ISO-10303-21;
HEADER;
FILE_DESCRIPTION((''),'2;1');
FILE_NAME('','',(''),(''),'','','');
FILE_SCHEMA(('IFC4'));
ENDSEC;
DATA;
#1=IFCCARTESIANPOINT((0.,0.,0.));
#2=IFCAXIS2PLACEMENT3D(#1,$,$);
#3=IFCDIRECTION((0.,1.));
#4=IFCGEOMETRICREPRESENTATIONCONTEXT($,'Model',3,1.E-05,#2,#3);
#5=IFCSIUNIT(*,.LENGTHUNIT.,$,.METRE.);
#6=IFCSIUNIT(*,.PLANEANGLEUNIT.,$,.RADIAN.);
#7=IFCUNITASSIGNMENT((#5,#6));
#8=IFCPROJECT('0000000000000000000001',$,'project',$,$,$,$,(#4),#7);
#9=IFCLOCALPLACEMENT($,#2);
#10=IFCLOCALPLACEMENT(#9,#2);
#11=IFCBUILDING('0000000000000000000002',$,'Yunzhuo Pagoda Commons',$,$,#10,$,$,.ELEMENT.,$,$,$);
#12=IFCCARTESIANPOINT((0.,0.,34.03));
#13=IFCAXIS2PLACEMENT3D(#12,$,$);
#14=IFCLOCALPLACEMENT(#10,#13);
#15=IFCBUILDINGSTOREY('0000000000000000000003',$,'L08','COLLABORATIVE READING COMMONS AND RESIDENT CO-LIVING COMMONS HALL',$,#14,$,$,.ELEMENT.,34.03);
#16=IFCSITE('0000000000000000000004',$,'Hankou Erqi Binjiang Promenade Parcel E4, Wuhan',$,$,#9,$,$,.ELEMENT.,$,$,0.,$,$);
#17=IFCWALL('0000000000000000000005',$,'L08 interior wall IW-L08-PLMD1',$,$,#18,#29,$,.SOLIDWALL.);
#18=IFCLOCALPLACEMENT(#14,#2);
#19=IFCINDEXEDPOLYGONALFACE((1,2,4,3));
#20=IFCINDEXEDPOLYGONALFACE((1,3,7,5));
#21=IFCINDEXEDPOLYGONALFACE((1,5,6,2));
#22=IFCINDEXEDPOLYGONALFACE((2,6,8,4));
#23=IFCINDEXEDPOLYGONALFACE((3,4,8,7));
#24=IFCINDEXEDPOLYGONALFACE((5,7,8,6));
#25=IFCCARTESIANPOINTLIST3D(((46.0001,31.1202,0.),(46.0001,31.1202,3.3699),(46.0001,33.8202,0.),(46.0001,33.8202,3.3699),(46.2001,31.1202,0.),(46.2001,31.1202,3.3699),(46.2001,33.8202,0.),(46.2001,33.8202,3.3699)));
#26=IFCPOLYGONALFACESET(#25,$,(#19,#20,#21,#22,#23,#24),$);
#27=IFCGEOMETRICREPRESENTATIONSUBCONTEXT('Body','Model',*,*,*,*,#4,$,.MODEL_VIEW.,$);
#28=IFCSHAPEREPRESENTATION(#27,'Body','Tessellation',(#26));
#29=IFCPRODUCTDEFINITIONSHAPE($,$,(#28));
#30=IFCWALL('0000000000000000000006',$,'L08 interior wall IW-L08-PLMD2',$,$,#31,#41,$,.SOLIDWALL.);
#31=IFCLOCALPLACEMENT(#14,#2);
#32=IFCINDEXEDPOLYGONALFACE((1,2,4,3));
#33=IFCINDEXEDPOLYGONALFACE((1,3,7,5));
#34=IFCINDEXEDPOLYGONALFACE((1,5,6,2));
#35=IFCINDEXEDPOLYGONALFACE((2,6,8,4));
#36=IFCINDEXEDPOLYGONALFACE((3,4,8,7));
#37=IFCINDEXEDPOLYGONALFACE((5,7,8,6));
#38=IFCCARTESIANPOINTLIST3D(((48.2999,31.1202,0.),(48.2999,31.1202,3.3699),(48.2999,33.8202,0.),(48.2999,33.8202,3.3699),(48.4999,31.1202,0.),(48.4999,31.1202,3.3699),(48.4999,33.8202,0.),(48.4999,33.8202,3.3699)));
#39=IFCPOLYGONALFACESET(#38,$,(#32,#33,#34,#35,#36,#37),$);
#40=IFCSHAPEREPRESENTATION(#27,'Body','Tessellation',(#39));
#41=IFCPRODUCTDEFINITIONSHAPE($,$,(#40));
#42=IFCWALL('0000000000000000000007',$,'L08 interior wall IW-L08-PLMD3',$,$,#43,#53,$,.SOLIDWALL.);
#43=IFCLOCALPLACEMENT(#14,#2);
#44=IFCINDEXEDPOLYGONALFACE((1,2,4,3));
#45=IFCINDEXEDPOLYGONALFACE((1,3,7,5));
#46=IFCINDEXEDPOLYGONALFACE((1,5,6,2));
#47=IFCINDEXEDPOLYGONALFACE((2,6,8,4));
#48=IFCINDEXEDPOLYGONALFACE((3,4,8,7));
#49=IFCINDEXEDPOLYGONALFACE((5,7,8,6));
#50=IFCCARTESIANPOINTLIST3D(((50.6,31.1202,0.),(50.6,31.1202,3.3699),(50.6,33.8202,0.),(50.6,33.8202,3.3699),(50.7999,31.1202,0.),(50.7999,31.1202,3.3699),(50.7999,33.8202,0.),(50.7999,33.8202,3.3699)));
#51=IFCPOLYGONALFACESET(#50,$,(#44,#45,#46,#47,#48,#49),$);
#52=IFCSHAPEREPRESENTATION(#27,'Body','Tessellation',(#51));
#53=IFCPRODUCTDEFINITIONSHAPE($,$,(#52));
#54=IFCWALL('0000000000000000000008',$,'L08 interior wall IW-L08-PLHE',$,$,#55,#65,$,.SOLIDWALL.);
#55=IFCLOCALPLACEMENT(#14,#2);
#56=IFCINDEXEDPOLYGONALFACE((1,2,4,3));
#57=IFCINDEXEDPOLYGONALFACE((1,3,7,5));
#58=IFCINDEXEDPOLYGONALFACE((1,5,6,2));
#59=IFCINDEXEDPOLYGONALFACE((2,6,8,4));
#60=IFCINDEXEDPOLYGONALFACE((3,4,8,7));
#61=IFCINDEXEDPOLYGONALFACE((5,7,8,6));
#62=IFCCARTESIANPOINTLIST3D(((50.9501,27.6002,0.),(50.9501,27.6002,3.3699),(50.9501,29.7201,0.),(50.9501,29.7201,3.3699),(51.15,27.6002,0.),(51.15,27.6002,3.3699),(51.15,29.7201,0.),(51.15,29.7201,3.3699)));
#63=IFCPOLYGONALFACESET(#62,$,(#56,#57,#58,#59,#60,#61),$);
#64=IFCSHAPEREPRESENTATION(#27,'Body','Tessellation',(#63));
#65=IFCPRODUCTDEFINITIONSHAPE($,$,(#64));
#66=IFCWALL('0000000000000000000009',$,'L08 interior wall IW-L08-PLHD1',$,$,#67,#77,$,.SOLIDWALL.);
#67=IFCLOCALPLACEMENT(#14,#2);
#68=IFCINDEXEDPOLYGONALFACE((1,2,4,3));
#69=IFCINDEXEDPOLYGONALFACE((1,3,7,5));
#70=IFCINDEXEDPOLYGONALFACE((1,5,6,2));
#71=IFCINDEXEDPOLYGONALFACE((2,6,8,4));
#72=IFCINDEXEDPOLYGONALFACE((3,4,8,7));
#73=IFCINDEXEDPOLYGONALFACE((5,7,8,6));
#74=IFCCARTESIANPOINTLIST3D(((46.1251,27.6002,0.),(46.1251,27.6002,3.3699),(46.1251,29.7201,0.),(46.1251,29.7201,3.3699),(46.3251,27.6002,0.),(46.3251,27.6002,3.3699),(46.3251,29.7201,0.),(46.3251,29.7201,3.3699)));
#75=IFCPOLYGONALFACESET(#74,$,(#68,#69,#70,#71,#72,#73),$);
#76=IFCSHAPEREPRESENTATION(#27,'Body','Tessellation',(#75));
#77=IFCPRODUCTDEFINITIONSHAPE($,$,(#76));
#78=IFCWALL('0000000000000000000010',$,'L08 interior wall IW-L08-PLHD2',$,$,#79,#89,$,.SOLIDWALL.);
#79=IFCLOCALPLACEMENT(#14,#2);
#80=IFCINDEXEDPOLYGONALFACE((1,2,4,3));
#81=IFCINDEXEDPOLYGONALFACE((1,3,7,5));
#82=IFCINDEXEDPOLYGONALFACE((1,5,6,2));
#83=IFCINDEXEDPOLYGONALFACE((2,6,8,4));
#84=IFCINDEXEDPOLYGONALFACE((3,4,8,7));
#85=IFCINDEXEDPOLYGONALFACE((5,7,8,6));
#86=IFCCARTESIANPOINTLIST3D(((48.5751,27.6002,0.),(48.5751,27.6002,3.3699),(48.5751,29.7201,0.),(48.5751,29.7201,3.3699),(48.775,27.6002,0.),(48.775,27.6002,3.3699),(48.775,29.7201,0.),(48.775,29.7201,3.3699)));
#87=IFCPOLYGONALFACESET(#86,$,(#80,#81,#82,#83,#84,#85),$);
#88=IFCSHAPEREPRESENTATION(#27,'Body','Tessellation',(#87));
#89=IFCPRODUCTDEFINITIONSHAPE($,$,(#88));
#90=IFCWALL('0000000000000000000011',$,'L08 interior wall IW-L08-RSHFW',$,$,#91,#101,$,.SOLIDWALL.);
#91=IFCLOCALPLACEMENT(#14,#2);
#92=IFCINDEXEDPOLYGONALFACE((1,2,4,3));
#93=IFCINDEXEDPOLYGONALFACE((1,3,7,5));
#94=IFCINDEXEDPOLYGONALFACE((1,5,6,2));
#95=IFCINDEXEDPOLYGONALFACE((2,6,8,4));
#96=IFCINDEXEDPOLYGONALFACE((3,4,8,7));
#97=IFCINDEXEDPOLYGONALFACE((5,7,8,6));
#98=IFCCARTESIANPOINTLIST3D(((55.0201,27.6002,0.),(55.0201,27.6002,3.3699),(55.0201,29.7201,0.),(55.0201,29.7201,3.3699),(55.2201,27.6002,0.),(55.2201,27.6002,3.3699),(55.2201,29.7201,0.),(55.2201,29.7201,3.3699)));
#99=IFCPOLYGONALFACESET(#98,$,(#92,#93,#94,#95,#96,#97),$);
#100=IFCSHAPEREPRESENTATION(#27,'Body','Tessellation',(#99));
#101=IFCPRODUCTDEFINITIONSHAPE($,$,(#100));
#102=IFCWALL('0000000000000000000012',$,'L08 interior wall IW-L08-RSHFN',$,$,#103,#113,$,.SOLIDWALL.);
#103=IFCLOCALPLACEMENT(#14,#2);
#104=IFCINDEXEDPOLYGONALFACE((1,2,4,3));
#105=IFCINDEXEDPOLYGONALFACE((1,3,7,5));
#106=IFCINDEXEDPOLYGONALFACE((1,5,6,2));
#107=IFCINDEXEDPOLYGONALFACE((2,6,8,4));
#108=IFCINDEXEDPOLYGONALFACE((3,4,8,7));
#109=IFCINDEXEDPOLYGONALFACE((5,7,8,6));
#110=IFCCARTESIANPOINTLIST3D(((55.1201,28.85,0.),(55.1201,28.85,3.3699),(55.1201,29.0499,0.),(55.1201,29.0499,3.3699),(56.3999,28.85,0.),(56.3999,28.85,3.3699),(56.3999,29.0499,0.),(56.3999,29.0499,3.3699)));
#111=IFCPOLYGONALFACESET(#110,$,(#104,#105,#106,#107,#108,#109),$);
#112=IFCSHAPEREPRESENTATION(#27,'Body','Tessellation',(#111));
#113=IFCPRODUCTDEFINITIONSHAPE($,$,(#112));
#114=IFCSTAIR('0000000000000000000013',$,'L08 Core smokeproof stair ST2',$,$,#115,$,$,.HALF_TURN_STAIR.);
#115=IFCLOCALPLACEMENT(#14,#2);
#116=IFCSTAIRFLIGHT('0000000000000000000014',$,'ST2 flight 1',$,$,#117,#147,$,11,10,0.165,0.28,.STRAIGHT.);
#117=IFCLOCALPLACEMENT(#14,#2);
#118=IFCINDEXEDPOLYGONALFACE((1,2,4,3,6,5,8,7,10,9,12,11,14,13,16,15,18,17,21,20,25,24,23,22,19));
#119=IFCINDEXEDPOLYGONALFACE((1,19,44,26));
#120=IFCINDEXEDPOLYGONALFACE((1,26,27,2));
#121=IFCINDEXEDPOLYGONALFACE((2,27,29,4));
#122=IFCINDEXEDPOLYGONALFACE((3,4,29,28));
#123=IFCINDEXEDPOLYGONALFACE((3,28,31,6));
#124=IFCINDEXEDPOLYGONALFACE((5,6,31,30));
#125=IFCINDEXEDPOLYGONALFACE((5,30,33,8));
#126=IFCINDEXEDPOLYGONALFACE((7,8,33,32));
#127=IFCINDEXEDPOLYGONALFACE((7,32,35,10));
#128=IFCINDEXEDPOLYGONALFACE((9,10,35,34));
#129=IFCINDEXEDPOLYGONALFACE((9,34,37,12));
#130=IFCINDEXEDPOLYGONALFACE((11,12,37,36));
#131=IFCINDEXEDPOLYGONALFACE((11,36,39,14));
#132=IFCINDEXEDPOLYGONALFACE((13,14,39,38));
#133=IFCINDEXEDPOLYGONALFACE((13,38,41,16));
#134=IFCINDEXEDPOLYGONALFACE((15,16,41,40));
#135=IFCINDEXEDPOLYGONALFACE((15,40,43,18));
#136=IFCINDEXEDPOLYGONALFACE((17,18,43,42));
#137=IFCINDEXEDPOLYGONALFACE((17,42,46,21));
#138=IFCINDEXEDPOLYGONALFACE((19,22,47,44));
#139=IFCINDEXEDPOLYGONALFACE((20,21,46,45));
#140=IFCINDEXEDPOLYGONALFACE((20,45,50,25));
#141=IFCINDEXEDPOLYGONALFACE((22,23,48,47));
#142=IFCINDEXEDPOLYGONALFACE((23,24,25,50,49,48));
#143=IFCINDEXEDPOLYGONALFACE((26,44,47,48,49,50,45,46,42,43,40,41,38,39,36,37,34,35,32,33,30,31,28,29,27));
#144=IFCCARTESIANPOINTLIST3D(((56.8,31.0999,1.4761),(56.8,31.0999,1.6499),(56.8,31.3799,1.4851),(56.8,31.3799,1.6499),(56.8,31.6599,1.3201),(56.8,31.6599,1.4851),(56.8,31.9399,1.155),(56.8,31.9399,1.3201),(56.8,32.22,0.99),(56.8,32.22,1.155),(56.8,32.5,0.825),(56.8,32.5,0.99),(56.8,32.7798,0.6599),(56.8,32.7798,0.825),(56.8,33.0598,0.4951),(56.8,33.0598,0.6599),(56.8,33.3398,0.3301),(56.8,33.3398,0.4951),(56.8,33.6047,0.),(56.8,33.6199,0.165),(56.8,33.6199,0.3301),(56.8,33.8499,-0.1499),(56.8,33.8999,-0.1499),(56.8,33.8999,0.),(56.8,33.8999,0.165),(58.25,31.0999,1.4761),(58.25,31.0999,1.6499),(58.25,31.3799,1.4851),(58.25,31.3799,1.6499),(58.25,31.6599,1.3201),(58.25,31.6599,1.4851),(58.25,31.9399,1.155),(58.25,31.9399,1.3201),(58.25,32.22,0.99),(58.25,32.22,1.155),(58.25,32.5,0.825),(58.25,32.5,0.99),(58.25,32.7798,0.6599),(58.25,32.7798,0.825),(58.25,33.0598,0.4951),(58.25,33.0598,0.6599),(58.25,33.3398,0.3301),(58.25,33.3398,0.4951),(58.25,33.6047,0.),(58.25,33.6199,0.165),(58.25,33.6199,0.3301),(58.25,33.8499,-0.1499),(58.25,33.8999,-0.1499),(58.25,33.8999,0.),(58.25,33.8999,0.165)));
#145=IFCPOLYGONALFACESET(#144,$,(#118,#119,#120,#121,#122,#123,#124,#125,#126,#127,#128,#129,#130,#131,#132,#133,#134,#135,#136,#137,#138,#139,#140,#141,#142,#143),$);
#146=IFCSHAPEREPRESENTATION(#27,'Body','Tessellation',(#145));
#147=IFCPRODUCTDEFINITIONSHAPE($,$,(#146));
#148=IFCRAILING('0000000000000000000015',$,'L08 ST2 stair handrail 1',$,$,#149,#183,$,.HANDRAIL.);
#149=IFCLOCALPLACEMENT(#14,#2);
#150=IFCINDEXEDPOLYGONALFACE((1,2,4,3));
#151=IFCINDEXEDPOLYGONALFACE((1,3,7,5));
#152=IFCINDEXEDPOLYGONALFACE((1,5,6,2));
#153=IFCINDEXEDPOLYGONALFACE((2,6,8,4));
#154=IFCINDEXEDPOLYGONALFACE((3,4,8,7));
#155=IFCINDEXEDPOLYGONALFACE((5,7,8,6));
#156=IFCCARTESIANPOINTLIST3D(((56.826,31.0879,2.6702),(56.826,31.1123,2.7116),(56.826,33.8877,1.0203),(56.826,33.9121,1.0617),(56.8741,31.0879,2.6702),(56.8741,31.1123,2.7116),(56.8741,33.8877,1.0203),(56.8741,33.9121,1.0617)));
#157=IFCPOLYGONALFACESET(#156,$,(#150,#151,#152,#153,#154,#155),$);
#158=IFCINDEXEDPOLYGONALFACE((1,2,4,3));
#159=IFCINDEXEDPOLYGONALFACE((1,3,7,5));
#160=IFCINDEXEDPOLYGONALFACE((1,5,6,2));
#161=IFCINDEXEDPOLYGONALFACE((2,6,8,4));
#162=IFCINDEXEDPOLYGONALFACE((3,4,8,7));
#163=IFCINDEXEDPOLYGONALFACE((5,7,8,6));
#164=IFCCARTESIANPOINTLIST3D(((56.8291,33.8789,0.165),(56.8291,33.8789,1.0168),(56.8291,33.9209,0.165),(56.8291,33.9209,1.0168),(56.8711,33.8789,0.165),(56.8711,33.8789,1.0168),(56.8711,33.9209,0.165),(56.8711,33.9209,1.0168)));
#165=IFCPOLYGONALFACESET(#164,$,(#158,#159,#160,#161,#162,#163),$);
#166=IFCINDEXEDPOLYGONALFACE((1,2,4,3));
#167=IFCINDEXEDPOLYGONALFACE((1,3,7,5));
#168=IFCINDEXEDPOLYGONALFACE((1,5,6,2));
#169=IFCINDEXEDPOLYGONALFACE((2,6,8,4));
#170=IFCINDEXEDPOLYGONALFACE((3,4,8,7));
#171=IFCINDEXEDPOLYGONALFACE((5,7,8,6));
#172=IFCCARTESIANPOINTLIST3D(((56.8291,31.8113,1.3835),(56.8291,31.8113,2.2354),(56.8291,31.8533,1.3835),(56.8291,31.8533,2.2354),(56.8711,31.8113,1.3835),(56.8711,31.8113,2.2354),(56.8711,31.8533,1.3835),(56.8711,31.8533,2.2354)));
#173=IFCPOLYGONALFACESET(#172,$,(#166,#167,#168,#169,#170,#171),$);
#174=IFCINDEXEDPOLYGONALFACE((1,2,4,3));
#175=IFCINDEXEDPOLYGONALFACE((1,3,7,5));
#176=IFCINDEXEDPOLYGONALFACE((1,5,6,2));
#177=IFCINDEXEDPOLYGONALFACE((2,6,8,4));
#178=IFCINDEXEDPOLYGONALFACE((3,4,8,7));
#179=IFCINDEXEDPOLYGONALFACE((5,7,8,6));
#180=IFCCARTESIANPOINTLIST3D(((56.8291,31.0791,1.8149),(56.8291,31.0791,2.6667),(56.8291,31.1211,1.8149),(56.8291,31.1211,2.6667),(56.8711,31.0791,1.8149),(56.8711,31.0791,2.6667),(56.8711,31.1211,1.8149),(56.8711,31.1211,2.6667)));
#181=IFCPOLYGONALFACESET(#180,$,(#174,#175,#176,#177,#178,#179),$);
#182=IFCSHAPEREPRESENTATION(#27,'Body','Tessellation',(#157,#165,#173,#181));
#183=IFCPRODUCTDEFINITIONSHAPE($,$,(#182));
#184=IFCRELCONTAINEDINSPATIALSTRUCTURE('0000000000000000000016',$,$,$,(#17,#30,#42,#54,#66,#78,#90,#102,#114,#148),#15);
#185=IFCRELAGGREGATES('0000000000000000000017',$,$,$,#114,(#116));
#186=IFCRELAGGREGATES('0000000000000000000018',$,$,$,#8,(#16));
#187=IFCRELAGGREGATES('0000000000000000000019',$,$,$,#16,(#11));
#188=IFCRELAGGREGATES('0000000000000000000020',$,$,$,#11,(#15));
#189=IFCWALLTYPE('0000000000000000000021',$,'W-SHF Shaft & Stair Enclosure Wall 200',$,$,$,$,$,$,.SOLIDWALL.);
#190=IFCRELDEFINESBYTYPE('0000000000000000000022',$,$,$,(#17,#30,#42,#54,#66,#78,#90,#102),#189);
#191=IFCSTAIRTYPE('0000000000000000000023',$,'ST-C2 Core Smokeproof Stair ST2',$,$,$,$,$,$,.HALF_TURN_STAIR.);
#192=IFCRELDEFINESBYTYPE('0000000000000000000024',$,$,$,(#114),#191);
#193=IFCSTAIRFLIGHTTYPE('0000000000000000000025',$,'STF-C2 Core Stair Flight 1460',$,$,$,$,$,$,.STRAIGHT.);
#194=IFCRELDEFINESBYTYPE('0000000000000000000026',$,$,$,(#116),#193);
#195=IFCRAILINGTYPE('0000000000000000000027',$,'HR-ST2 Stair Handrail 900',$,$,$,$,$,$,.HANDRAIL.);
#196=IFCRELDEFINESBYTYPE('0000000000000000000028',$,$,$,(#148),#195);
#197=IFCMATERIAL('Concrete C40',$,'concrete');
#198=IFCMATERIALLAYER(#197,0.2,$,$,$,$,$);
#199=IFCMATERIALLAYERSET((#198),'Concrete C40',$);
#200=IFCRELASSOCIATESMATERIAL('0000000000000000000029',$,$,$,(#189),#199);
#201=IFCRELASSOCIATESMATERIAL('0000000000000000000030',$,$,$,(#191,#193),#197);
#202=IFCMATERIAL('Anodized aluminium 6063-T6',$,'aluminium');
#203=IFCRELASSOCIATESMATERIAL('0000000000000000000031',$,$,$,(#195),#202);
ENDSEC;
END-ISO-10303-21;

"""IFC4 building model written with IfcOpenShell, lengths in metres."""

from ifc_helpers import new_model, si_unit, direction, frame, frame_2d, origin, origin_2d, place, context, subcontext, project, spatial, polyline, rectangle, outline, extrude, source, transform, mapped, material, layer, layer_set, type_object, element, aggregate, save


model = new_model("IFC4")

# Units and contexts
model_context = context("Model", 3, precision=1e-05, world=origin(), true_north=direction((0.0, 1.0)))
body_context = subcontext(model_context, "Body", "Model", "MODEL_VIEW")
ifc_project = project(units=[si_unit("LENGTHUNIT", "METRE"), si_unit("PLANEANGLEUNIT", "RADIAN")], contexts=[model_context])

# Site, building, storey
site_placement = place(None, origin())
site = spatial("IfcSite", under=ifc_project, at=site_placement, Name="Hankou Erqi Binjiang Promenade Parcel E4, Wuhan", CompositionType="ELEMENT", RefElevation=0.0)
building_placement = place(site_placement, origin())
building = spatial("IfcBuilding", under=site, at=building_placement, Name="Yunzhuo Pagoda Commons", CompositionType="ELEMENT")
storey_placement = place(building_placement, frame((0.0, 0.0, 34.03)))
storey = spatial("IfcBuildingStorey", under=building, at=storey_placement, Name="L08", Description="COLLABORATIVE READING COMMONS AND RESIDENT CO-LIVING COMMONS HALL", CompositionType="ELEMENT", Elevation=34.03)

# Shared definitions
ifc_material_1 = material(Name="Concrete C40", Category="concrete")
ifc_layer_1 = layer(ifc_material_1, 0.2)
ifc_layer_set_1 = layer_set([ifc_layer_1], Name="Concrete C40")
wall_type_1 = type_object("IfcWallType", Name="W-SHF Shaft & Stair Enclosure Wall 200", PredefinedType="SOLIDWALL", material=ifc_layer_set_1)

# Walls
for number, where, z_axis, x_axis, name in (
    (1, (46.1001, 31.1201, 0.0), (0.0, 0.0, 1.0), (0.0, 1.0, 0.0), "L08 interior wall IW-L08-PLMD1"),
    (2, (48.3999, 31.1201, 0.0), (0.0, 0.0, 1.0), (0.0, 1.0, 0.0), "L08 interior wall IW-L08-PLMD2"),
    (3, (50.7, 31.1201, 0.0), (0.0, 0.0, 1.0), (0.0, 1.0, 0.0), "L08 interior wall IW-L08-PLMD3"),
):
    element("IfcWall", number, at=place(storey_placement, frame(where, z_axis=z_axis, x_axis=x_axis)), inside=storey, type_object=wall_type_1, Name=name, PredefinedType="SOLIDWALL", context=body_context, shape_type="SweptSolid", body=[
        extrude(rectangle(XDim=2.7, YDim=0.2, at=frame_2d((1.3501, 0.0))), origin(), (0.0, 0.0, 1.0), 3.3699),
    ])
for number, where, z_axis, x_axis, name in (
    (4, (51.05, 27.6001, 0.0), (0.0, 0.0, 1.0), (0.0, 1.0, 0.0), "L08 interior wall IW-L08-PLHE"),
    (5, (46.2251, 27.6001, 0.0), (0.0, 0.0, 1.0), (0.0, 1.0, 0.0), "L08 interior wall IW-L08-PLHD1"),
    (6, (48.675, 27.6001, 0.0), (0.0, 0.0, 1.0), (0.0, 1.0, 0.0), "L08 interior wall IW-L08-PLHD2"),
    (7, (55.1201, 27.6001, 0.0), (0.0, 0.0, 1.0), (0.0, 1.0, 0.0), "L08 interior wall IW-L08-RSHFW"),
):
    element("IfcWall", number, at=place(storey_placement, frame(where, z_axis=z_axis, x_axis=x_axis)), inside=storey, type_object=wall_type_1, Name=name, PredefinedType="SOLIDWALL", context=body_context, shape_type="SweptSolid", body=[
        extrude(rectangle(XDim=2.1199, YDim=0.2, at=frame_2d((1.0601, 0.0))), origin(), (0.0, 0.0, 1.0), 3.3699),
    ])
wall_1_placement = place(storey_placement, frame((55.1201, 28.95, 0.0), z_axis=(0.0, 0.0, 1.0), x_axis=(1.0, 0.0, 0.0)))
element("IfcWall", 8, at=wall_1_placement, inside=storey, type_object=wall_type_1, Name="L08 interior wall IW-L08-RSHFN", PredefinedType="SOLIDWALL", context=body_context, shape_type="SweptSolid", body=[
    extrude(rectangle(XDim=1.2798, YDim=0.2, at=frame_2d((0.6399, 0.0))), origin(), (0.0, 0.0, 1.0), 3.3699),
])

# Stair, stair flight
stair_type = type_object("IfcStairType", Name="ST-C2 Core Smokeproof Stair ST2", PredefinedType="HALF_TURN_STAIR", material=ifc_material_1)
stair_placement = place(storey_placement, origin())
stair = element("IfcStair", 9, at=stair_placement, inside=storey, type_object=stair_type, Name="L08 Core smokeproof stair ST2", PredefinedType="HALF_TURN_STAIR")
stair_flight_type = type_object("IfcStairFlightType", Name="STF-C2 Core Stair Flight 1460", PredefinedType="STRAIGHT", material=ifc_material_1)
shared_shape_1 = source(origin(), body_context, "Body", "SweptSolid", [
    extrude(outline(polyline([(0.0, -0.1499), (0.0, 0.0), (0.0, 0.165), (0.28, 0.165), (0.28, 0.3301), (0.5601, 0.3301), (0.5601, 0.4951), (0.8401, 0.4951), (0.8401, 0.6599), (1.1201, 0.6599), (1.1201, 0.825), (1.3999, 0.825), (1.3999, 0.99), (1.6799, 0.99), (1.6799, 1.155), (1.96, 1.155), (1.96, 1.3201), (2.24, 1.3201), (2.24, 1.4851), (2.52, 1.4851), (2.52, 1.6499), (2.8, 1.6499), (2.8, 1.8149), (2.8, 1.4761), (0.2952, 0.0), (0.05, -0.1499), (0.0, -0.1499)])), frame((0.0, 0.7251, 0.0), z_axis=(0.0, -1.0, 0.0), x_axis=(1.0, 0.0, 0.0)), (0.0, 0.0, 1.0), 1.45),
])
stair_flight_placement = place(storey_placement, frame((57.5249, 33.8999, 0.0), z_axis=(0.0, 0.0, 1.0), x_axis=(0.0, -1.0, 0.0)))
stair_flight = element("IfcStairFlight", 10, at=stair_flight_placement, type_object=stair_flight_type, Name="ST2 flight 1", NumberOfRisers=11, NumberOfTreads=10, PredefinedType="STRAIGHT", RiserHeight=0.165, TreadLength=0.28, context=body_context, shape_type="MappedRepresentation", body=[
    mapped(shared_shape_1, transform((0.0, 0.0, 0.0), scale=1.0)),
])
aggregate(stair, [stair_flight])

# Railing
ifc_material_2 = material(Name="Anodized aluminium 6063-T6", Category="aluminium")
railing_type = type_object("IfcRailingType", Name="HR-ST2 Stair Handrail 900", PredefinedType="HANDRAIL", material=ifc_material_2)
railing_placement = place(storey_placement, frame((56.8501, 33.8999, 0.165)))
element("IfcRailing", 11, at=railing_placement, inside=storey, type_object=railing_type, Name="L08 ST2 stair handrail 1", PredefinedType="HANDRAIL", context=body_context, shape_type="SweptSolid", body=[
    extrude(rectangle(XDim=0.0481, YDim=0.0481, at=origin_2d()), frame((0.0, 0.0, 0.876), z_axis=(0.0, -0.861536, 0.507696), x_axis=(1.0, 0.0, 0.0)), (0.0, 0.0, 1.0), 3.2498),
    extrude(rectangle(XDim=0.042, YDim=0.042, at=origin_2d()), origin(), (0.0, 0.0, 1.0), 0.8518),
    extrude(rectangle(XDim=0.042, YDim=0.042, at=origin_2d()), frame((0.0, -2.0676, 1.2185)), (0.0, 0.0, 1.0), 0.8518),
    extrude(rectangle(XDim=0.042, YDim=0.042, at=origin_2d()), frame((0.0, -2.7998, 1.6499)), (0.0, 0.0, 1.0), 0.8518),
])

save(model, "model.ifc")
